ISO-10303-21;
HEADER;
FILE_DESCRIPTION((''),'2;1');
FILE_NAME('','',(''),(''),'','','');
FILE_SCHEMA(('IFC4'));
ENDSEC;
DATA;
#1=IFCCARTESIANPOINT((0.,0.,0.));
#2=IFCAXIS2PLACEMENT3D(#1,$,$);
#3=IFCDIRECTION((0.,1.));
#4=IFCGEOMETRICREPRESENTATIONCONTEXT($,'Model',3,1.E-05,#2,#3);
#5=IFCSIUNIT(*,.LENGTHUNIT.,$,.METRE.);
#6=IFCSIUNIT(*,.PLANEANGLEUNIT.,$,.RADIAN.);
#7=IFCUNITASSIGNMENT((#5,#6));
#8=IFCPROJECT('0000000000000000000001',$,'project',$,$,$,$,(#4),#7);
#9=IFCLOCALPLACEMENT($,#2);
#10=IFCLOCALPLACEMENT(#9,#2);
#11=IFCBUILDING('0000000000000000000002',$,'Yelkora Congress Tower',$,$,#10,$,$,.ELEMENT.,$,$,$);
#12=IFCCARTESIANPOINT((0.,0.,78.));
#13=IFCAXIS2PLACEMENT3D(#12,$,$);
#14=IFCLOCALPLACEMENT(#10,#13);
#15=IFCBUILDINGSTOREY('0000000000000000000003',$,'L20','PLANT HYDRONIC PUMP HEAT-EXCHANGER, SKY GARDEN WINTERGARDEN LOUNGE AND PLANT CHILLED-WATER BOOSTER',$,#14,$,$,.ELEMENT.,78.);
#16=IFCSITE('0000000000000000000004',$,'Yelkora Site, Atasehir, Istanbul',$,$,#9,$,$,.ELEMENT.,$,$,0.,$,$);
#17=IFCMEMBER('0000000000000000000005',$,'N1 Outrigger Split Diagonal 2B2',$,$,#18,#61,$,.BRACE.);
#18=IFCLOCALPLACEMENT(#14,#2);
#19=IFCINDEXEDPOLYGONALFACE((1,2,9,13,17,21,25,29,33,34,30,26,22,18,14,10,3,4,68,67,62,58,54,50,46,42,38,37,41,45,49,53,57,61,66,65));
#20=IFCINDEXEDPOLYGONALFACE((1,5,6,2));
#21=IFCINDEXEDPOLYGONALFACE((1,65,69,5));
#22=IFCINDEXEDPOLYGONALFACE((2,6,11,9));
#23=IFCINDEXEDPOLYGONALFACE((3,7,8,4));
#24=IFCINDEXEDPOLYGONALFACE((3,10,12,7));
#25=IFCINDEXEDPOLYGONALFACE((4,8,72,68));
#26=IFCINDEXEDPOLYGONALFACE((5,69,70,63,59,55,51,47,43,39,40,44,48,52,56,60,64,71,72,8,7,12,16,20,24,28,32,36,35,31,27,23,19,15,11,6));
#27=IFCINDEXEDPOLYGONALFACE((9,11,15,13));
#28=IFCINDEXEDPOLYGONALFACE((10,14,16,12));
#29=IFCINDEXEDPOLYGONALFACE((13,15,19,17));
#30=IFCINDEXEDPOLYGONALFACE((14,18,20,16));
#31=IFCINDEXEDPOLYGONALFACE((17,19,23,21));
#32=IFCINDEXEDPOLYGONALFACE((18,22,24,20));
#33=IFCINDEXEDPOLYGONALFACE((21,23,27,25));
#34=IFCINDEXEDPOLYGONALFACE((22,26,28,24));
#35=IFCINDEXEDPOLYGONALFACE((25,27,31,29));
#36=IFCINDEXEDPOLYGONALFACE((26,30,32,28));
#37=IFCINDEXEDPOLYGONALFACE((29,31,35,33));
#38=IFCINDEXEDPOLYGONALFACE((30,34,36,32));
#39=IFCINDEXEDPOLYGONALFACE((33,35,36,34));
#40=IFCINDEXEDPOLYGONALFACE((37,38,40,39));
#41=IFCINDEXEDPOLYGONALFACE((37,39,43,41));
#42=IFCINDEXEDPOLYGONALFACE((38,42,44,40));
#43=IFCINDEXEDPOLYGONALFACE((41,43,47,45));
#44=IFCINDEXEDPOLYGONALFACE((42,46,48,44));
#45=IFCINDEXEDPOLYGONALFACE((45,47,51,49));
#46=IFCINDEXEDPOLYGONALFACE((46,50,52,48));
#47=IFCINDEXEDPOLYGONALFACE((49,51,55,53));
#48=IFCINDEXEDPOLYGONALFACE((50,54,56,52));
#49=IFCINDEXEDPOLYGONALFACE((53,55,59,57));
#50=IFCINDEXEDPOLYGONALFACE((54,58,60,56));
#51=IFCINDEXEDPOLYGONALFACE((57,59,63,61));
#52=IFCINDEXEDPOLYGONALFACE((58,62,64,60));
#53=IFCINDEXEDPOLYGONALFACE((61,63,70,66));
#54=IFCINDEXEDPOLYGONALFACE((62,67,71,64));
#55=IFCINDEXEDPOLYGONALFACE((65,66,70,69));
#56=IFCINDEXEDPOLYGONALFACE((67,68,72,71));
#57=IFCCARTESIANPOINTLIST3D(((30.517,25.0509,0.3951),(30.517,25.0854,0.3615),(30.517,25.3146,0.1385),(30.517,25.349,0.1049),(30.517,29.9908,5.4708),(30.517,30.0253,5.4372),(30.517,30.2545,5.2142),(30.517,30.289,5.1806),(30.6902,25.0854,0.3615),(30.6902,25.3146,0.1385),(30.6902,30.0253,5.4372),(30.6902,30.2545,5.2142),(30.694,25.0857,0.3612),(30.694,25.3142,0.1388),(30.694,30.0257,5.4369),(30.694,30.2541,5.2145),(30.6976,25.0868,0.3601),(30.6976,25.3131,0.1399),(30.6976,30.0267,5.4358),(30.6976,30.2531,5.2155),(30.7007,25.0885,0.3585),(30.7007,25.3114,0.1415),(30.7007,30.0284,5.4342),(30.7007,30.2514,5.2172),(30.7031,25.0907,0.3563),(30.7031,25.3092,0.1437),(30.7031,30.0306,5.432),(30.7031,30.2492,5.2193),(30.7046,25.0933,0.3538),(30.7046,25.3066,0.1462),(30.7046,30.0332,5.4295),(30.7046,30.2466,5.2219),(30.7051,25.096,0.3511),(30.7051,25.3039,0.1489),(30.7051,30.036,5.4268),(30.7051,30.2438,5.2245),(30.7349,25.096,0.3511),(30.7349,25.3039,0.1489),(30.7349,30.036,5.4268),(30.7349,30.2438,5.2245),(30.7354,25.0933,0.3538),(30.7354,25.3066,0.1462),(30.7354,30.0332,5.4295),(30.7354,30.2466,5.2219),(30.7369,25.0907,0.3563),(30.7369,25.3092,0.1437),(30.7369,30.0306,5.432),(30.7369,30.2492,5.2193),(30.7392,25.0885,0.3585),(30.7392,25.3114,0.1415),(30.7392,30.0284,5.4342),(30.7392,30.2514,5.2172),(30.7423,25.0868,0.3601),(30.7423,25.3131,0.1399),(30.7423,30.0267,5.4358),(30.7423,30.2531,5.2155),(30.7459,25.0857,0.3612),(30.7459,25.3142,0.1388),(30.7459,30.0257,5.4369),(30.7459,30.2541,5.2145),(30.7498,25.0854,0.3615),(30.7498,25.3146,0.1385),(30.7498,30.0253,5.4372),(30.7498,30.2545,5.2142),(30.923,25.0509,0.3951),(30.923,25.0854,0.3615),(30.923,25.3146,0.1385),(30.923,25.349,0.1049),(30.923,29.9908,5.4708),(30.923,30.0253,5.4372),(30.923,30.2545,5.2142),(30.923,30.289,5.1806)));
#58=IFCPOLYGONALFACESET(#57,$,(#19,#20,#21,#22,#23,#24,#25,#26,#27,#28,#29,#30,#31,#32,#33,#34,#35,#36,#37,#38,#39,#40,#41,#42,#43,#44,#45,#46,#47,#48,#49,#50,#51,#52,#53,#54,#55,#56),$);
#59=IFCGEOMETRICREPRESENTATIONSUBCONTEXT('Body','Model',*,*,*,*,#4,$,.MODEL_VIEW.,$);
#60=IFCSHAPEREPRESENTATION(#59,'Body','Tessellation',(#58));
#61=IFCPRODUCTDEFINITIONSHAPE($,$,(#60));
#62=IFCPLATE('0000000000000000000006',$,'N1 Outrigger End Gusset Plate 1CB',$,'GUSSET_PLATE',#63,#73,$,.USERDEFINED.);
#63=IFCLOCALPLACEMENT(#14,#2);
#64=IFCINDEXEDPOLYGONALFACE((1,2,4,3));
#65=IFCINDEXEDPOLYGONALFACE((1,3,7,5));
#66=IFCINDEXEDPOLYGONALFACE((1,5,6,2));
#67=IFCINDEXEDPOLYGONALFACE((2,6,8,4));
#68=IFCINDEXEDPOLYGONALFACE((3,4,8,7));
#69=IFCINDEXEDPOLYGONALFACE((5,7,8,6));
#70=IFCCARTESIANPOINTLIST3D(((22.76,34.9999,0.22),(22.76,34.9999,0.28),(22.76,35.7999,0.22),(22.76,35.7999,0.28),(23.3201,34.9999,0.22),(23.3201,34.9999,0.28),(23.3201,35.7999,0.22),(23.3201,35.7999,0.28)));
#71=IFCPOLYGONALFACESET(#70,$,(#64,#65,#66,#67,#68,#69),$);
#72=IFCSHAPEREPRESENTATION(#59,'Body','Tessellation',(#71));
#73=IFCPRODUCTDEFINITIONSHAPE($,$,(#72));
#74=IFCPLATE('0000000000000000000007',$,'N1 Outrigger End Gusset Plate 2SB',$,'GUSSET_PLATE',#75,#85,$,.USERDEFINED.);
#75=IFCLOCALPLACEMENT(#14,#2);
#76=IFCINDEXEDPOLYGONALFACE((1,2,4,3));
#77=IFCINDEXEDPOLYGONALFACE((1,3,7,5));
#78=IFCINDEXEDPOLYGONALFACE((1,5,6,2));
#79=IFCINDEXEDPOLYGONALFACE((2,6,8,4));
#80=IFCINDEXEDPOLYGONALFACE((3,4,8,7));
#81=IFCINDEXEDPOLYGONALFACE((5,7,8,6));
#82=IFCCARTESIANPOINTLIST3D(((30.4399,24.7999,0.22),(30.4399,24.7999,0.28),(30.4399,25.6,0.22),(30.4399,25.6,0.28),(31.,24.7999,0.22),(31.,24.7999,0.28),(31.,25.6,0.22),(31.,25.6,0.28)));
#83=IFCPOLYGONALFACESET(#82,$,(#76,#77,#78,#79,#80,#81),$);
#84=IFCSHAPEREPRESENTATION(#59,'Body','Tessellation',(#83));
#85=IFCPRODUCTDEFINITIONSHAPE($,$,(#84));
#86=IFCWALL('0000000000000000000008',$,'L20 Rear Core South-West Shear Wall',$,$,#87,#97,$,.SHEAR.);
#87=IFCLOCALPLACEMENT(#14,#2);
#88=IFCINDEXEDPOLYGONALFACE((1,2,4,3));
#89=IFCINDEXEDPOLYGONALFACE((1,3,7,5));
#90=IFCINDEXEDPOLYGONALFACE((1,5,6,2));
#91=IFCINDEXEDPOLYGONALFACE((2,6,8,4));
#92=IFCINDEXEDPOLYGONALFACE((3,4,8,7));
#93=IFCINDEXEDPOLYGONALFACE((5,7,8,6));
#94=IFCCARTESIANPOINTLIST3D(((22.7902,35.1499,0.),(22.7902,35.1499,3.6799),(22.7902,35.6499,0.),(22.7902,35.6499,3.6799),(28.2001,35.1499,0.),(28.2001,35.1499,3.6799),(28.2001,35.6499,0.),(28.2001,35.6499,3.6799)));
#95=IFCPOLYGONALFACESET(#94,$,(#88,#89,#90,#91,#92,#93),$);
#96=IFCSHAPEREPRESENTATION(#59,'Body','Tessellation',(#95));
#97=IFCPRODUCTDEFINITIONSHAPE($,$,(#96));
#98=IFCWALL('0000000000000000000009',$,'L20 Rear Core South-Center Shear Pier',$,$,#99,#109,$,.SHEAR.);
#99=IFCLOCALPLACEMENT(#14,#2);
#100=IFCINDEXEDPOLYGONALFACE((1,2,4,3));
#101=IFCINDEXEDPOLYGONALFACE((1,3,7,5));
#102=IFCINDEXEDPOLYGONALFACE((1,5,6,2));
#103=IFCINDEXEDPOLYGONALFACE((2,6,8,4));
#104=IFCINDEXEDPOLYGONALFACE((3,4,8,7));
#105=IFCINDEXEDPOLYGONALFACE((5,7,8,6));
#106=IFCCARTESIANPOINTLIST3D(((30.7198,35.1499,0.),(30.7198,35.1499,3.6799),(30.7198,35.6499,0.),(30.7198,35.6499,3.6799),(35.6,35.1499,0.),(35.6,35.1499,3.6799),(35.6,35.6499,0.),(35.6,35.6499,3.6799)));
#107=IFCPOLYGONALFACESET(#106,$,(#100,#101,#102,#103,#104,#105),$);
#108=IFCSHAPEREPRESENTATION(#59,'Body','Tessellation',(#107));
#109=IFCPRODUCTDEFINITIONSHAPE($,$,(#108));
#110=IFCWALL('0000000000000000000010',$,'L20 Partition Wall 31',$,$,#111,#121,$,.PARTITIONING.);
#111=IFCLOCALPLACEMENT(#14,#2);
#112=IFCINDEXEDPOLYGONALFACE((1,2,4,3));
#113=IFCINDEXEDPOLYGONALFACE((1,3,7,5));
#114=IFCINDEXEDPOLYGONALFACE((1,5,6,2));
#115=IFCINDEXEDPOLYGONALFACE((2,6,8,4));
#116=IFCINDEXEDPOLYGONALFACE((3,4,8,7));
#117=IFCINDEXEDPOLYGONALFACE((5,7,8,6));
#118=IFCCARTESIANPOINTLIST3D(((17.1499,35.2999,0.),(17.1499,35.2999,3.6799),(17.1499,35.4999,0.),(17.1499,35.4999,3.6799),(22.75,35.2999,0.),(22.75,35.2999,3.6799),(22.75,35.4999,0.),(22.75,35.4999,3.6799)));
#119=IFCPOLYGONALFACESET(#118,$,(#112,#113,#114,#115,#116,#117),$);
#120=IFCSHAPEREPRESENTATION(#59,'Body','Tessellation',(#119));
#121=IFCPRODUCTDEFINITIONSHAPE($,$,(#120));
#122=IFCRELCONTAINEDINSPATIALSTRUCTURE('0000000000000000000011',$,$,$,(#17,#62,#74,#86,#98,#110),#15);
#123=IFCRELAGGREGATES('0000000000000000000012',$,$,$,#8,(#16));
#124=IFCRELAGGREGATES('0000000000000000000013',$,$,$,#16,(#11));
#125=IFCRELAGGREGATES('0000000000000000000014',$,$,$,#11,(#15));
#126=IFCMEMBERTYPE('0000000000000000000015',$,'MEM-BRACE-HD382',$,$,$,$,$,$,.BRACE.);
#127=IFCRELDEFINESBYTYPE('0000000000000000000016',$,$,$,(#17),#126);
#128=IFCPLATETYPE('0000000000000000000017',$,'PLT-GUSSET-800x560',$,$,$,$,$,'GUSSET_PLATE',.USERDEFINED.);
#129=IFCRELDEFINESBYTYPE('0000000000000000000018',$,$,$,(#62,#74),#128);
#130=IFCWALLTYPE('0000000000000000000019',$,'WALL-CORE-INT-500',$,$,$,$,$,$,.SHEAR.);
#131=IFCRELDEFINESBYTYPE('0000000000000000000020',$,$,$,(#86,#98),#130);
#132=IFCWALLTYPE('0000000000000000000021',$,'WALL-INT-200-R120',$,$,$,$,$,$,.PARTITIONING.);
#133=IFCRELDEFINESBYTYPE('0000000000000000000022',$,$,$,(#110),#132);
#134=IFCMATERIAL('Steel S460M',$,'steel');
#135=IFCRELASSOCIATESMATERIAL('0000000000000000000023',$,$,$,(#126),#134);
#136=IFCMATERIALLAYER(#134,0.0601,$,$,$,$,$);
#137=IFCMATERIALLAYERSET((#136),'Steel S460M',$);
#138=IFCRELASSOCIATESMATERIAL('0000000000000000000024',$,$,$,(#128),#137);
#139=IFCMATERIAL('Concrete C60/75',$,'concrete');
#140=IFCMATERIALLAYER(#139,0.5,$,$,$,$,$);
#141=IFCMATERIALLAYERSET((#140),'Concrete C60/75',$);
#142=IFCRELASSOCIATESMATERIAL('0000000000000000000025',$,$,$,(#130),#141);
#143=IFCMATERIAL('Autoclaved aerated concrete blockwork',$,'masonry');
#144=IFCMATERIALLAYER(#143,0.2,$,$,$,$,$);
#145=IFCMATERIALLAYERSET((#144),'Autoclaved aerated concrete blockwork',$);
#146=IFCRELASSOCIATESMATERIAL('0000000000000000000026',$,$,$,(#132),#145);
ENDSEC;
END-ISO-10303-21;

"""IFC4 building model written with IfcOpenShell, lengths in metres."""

from ifc_helpers import new_model, si_unit, direction, frame, frame_2d, origin, origin_2d, place, context, subcontext, project, spatial, rectangle, i_section, extrude, material, layer, layer_set, material_profile, profile_set, type_object, element, save


model = new_model("IFC4")

# Units and contexts
model_context = context("Model", 3, precision=1e-05, world=origin(), true_north=direction((0.0, 1.0)))
body_context = subcontext(model_context, "Body", "Model", "MODEL_VIEW")
ifc_project = project(units=[si_unit("LENGTHUNIT", "METRE"), si_unit("PLANEANGLEUNIT", "RADIAN")], contexts=[model_context])

# Site, building, storey
site_placement = place(None, origin())
site = spatial("IfcSite", under=ifc_project, at=site_placement, Name="Yelkora Site, Atasehir, Istanbul", CompositionType="ELEMENT", RefElevation=0.0)
building_placement = place(site_placement, origin())
building = spatial("IfcBuilding", under=site, at=building_placement, Name="Yelkora Congress Tower", CompositionType="ELEMENT")
storey_placement = place(building_placement, frame((0.0, 0.0, 78.0)))
storey = spatial("IfcBuildingStorey", under=building, at=storey_placement, Name="L20", Description="PLANT HYDRONIC PUMP HEAT-EXCHANGER, SKY GARDEN WINTERGARDEN LOUNGE AND PLANT CHILLED-WATER BOOSTER", CompositionType="ELEMENT", Elevation=78.0)

# Shared definitions
ifc_material_1 = material(Name="Concrete C60/75", Category="concrete")

# Shared definitions
ifc_material_2 = material(Name="Steel S460M", Category="steel")

# Member
ifc_material_profile_1 = material_profile(ifc_material_2, i_section(OverallWidth=0.406, OverallDepth=0.416, WebThickness=0.0298, FlangeThickness=0.0481, FilletRadius=0.0149, at=origin_2d()), Name="HD 400x382")
ifc_profile_set_1 = profile_set([ifc_material_profile_1], Name="Steel S460M")
member_type_1 = type_object("IfcMemberType", Name="MEM-BRACE-HD382", PredefinedType="BRACE", material=ifc_profile_set_1)
for number, where, z_axis, x_axis, name in (
    (1, (30.72, 30.1399, 5.3257), (0.0, -0.697459, -0.716624), (1.0, 0.0, 0.0), "N1 Outrigger Split Diagonal 2B2"),
):
    element("IfcMember", number, at=place(storey_placement, frame(where, z_axis=z_axis, x_axis=x_axis)), inside=storey, type_object=member_type_1, Name=name, PredefinedType="BRACE", context=body_context, shape_type="SweptSolid", body=[
        extrude(i_section(OverallWidth=0.406, OverallDepth=0.416, WebThickness=0.0298, FlangeThickness=0.0481, FilletRadius=0.0149, at=origin_2d()), origin(), (0.0, 0.0, 1.0), 7.0828),
    ])

# Plates
ifc_layer_1 = layer(ifc_material_2, 0.0601)
ifc_layer_set_1 = layer_set([ifc_layer_1], Name="Steel S460M")
plate_type = type_object("IfcPlateType", Name="PLT-GUSSET-800x560", ElementType="GUSSET_PLATE", PredefinedType="USERDEFINED", material=ifc_layer_set_1)
for number, where, z_axis, x_axis, name in (
    (2, (23.04, 35.3999, 0.22), (0.0, 0.0, 1.0), (0.0, 1.0, 0.0), "N1 Outrigger End Gusset Plate 1CB"),
    (3, (30.72, 25.2, 0.22), (0.0, 0.0, 1.0), (0.0, 1.0, 0.0), "N1 Outrigger End Gusset Plate 2SB"),
):
    element("IfcPlate", number, at=place(storey_placement, frame(where, z_axis=z_axis, x_axis=x_axis)), inside=storey, type_object=plate_type, Name=name, ObjectType="GUSSET_PLATE", PredefinedType="USERDEFINED", context=body_context, shape_type="SweptSolid", body=[
        extrude(rectangle(XDim=0.8, YDim=0.5601, at=origin_2d()), origin(), (0.0, 0.0, 1.0), 0.0601),
    ])

# Walls
ifc_layer_2 = layer(ifc_material_1, 0.5)
ifc_layer_set_2 = layer_set([ifc_layer_2], Name="Concrete C60/75")
wall_type_1 = type_object("IfcWallType", Name="WALL-CORE-INT-500", PredefinedType="SHEAR", material=ifc_layer_set_2)
wall_1_placement = place(storey_placement, frame((22.79, 35.3999, 0.0), z_axis=(0.0, 0.0, 1.0), x_axis=(1.0, 0.0, 0.0)))
element("IfcWall", 4, at=wall_1_placement, inside=storey, type_object=wall_type_1, Name="L20 Rear Core South-West Shear Wall", PredefinedType="SHEAR", context=body_context, shape_type="SweptSolid", body=[
    extrude(rectangle(XDim=5.4099, YDim=0.5, at=frame_2d((2.7051, 0.0))), origin(), (0.0, 0.0, 1.0), 3.6799),
])
wall_2_placement = place(storey_placement, frame((30.72, 35.3999, 0.0), z_axis=(0.0, 0.0, 1.0), x_axis=(1.0, 0.0, 0.0)))
element("IfcWall", 5, at=wall_2_placement, inside=storey, type_object=wall_type_1, Name="L20 Rear Core South-Center Shear Pier", PredefinedType="SHEAR", context=body_context, shape_type="SweptSolid", body=[
    extrude(rectangle(XDim=4.8801, YDim=0.5, at=frame_2d((2.4399, 0.0))), origin(), (0.0, 0.0, 1.0), 3.6799),
])

# Shared definitions
ifc_material_3 = material(Name="Autoclaved aerated concrete blockwork", Category="masonry")
ifc_layer_3 = layer(ifc_material_3, 0.2)
ifc_layer_set_3 = layer_set([ifc_layer_3], Name="Autoclaved aerated concrete blockwork")
wall_type_2 = type_object("IfcWallType", Name="WALL-INT-200-R120", PredefinedType="PARTITIONING", material=ifc_layer_set_3)

# Wall
wall_3_placement = place(storey_placement, frame((17.1499, 35.3999, 0.0), z_axis=(0.0, 0.0, 1.0), x_axis=(1.0, 0.0, 0.0)))
element("IfcWall", 6, at=wall_3_placement, inside=storey, type_object=wall_type_2, Name="L20 Partition Wall 31", PredefinedType="PARTITIONING", context=body_context, shape_type="SweptSolid", body=[
    extrude(rectangle(XDim=5.6001, YDim=0.2, at=frame_2d((2.8, 0.0))), origin(), (0.0, 0.0, 1.0), 3.6799),
])

save(model, "model.ifc")
